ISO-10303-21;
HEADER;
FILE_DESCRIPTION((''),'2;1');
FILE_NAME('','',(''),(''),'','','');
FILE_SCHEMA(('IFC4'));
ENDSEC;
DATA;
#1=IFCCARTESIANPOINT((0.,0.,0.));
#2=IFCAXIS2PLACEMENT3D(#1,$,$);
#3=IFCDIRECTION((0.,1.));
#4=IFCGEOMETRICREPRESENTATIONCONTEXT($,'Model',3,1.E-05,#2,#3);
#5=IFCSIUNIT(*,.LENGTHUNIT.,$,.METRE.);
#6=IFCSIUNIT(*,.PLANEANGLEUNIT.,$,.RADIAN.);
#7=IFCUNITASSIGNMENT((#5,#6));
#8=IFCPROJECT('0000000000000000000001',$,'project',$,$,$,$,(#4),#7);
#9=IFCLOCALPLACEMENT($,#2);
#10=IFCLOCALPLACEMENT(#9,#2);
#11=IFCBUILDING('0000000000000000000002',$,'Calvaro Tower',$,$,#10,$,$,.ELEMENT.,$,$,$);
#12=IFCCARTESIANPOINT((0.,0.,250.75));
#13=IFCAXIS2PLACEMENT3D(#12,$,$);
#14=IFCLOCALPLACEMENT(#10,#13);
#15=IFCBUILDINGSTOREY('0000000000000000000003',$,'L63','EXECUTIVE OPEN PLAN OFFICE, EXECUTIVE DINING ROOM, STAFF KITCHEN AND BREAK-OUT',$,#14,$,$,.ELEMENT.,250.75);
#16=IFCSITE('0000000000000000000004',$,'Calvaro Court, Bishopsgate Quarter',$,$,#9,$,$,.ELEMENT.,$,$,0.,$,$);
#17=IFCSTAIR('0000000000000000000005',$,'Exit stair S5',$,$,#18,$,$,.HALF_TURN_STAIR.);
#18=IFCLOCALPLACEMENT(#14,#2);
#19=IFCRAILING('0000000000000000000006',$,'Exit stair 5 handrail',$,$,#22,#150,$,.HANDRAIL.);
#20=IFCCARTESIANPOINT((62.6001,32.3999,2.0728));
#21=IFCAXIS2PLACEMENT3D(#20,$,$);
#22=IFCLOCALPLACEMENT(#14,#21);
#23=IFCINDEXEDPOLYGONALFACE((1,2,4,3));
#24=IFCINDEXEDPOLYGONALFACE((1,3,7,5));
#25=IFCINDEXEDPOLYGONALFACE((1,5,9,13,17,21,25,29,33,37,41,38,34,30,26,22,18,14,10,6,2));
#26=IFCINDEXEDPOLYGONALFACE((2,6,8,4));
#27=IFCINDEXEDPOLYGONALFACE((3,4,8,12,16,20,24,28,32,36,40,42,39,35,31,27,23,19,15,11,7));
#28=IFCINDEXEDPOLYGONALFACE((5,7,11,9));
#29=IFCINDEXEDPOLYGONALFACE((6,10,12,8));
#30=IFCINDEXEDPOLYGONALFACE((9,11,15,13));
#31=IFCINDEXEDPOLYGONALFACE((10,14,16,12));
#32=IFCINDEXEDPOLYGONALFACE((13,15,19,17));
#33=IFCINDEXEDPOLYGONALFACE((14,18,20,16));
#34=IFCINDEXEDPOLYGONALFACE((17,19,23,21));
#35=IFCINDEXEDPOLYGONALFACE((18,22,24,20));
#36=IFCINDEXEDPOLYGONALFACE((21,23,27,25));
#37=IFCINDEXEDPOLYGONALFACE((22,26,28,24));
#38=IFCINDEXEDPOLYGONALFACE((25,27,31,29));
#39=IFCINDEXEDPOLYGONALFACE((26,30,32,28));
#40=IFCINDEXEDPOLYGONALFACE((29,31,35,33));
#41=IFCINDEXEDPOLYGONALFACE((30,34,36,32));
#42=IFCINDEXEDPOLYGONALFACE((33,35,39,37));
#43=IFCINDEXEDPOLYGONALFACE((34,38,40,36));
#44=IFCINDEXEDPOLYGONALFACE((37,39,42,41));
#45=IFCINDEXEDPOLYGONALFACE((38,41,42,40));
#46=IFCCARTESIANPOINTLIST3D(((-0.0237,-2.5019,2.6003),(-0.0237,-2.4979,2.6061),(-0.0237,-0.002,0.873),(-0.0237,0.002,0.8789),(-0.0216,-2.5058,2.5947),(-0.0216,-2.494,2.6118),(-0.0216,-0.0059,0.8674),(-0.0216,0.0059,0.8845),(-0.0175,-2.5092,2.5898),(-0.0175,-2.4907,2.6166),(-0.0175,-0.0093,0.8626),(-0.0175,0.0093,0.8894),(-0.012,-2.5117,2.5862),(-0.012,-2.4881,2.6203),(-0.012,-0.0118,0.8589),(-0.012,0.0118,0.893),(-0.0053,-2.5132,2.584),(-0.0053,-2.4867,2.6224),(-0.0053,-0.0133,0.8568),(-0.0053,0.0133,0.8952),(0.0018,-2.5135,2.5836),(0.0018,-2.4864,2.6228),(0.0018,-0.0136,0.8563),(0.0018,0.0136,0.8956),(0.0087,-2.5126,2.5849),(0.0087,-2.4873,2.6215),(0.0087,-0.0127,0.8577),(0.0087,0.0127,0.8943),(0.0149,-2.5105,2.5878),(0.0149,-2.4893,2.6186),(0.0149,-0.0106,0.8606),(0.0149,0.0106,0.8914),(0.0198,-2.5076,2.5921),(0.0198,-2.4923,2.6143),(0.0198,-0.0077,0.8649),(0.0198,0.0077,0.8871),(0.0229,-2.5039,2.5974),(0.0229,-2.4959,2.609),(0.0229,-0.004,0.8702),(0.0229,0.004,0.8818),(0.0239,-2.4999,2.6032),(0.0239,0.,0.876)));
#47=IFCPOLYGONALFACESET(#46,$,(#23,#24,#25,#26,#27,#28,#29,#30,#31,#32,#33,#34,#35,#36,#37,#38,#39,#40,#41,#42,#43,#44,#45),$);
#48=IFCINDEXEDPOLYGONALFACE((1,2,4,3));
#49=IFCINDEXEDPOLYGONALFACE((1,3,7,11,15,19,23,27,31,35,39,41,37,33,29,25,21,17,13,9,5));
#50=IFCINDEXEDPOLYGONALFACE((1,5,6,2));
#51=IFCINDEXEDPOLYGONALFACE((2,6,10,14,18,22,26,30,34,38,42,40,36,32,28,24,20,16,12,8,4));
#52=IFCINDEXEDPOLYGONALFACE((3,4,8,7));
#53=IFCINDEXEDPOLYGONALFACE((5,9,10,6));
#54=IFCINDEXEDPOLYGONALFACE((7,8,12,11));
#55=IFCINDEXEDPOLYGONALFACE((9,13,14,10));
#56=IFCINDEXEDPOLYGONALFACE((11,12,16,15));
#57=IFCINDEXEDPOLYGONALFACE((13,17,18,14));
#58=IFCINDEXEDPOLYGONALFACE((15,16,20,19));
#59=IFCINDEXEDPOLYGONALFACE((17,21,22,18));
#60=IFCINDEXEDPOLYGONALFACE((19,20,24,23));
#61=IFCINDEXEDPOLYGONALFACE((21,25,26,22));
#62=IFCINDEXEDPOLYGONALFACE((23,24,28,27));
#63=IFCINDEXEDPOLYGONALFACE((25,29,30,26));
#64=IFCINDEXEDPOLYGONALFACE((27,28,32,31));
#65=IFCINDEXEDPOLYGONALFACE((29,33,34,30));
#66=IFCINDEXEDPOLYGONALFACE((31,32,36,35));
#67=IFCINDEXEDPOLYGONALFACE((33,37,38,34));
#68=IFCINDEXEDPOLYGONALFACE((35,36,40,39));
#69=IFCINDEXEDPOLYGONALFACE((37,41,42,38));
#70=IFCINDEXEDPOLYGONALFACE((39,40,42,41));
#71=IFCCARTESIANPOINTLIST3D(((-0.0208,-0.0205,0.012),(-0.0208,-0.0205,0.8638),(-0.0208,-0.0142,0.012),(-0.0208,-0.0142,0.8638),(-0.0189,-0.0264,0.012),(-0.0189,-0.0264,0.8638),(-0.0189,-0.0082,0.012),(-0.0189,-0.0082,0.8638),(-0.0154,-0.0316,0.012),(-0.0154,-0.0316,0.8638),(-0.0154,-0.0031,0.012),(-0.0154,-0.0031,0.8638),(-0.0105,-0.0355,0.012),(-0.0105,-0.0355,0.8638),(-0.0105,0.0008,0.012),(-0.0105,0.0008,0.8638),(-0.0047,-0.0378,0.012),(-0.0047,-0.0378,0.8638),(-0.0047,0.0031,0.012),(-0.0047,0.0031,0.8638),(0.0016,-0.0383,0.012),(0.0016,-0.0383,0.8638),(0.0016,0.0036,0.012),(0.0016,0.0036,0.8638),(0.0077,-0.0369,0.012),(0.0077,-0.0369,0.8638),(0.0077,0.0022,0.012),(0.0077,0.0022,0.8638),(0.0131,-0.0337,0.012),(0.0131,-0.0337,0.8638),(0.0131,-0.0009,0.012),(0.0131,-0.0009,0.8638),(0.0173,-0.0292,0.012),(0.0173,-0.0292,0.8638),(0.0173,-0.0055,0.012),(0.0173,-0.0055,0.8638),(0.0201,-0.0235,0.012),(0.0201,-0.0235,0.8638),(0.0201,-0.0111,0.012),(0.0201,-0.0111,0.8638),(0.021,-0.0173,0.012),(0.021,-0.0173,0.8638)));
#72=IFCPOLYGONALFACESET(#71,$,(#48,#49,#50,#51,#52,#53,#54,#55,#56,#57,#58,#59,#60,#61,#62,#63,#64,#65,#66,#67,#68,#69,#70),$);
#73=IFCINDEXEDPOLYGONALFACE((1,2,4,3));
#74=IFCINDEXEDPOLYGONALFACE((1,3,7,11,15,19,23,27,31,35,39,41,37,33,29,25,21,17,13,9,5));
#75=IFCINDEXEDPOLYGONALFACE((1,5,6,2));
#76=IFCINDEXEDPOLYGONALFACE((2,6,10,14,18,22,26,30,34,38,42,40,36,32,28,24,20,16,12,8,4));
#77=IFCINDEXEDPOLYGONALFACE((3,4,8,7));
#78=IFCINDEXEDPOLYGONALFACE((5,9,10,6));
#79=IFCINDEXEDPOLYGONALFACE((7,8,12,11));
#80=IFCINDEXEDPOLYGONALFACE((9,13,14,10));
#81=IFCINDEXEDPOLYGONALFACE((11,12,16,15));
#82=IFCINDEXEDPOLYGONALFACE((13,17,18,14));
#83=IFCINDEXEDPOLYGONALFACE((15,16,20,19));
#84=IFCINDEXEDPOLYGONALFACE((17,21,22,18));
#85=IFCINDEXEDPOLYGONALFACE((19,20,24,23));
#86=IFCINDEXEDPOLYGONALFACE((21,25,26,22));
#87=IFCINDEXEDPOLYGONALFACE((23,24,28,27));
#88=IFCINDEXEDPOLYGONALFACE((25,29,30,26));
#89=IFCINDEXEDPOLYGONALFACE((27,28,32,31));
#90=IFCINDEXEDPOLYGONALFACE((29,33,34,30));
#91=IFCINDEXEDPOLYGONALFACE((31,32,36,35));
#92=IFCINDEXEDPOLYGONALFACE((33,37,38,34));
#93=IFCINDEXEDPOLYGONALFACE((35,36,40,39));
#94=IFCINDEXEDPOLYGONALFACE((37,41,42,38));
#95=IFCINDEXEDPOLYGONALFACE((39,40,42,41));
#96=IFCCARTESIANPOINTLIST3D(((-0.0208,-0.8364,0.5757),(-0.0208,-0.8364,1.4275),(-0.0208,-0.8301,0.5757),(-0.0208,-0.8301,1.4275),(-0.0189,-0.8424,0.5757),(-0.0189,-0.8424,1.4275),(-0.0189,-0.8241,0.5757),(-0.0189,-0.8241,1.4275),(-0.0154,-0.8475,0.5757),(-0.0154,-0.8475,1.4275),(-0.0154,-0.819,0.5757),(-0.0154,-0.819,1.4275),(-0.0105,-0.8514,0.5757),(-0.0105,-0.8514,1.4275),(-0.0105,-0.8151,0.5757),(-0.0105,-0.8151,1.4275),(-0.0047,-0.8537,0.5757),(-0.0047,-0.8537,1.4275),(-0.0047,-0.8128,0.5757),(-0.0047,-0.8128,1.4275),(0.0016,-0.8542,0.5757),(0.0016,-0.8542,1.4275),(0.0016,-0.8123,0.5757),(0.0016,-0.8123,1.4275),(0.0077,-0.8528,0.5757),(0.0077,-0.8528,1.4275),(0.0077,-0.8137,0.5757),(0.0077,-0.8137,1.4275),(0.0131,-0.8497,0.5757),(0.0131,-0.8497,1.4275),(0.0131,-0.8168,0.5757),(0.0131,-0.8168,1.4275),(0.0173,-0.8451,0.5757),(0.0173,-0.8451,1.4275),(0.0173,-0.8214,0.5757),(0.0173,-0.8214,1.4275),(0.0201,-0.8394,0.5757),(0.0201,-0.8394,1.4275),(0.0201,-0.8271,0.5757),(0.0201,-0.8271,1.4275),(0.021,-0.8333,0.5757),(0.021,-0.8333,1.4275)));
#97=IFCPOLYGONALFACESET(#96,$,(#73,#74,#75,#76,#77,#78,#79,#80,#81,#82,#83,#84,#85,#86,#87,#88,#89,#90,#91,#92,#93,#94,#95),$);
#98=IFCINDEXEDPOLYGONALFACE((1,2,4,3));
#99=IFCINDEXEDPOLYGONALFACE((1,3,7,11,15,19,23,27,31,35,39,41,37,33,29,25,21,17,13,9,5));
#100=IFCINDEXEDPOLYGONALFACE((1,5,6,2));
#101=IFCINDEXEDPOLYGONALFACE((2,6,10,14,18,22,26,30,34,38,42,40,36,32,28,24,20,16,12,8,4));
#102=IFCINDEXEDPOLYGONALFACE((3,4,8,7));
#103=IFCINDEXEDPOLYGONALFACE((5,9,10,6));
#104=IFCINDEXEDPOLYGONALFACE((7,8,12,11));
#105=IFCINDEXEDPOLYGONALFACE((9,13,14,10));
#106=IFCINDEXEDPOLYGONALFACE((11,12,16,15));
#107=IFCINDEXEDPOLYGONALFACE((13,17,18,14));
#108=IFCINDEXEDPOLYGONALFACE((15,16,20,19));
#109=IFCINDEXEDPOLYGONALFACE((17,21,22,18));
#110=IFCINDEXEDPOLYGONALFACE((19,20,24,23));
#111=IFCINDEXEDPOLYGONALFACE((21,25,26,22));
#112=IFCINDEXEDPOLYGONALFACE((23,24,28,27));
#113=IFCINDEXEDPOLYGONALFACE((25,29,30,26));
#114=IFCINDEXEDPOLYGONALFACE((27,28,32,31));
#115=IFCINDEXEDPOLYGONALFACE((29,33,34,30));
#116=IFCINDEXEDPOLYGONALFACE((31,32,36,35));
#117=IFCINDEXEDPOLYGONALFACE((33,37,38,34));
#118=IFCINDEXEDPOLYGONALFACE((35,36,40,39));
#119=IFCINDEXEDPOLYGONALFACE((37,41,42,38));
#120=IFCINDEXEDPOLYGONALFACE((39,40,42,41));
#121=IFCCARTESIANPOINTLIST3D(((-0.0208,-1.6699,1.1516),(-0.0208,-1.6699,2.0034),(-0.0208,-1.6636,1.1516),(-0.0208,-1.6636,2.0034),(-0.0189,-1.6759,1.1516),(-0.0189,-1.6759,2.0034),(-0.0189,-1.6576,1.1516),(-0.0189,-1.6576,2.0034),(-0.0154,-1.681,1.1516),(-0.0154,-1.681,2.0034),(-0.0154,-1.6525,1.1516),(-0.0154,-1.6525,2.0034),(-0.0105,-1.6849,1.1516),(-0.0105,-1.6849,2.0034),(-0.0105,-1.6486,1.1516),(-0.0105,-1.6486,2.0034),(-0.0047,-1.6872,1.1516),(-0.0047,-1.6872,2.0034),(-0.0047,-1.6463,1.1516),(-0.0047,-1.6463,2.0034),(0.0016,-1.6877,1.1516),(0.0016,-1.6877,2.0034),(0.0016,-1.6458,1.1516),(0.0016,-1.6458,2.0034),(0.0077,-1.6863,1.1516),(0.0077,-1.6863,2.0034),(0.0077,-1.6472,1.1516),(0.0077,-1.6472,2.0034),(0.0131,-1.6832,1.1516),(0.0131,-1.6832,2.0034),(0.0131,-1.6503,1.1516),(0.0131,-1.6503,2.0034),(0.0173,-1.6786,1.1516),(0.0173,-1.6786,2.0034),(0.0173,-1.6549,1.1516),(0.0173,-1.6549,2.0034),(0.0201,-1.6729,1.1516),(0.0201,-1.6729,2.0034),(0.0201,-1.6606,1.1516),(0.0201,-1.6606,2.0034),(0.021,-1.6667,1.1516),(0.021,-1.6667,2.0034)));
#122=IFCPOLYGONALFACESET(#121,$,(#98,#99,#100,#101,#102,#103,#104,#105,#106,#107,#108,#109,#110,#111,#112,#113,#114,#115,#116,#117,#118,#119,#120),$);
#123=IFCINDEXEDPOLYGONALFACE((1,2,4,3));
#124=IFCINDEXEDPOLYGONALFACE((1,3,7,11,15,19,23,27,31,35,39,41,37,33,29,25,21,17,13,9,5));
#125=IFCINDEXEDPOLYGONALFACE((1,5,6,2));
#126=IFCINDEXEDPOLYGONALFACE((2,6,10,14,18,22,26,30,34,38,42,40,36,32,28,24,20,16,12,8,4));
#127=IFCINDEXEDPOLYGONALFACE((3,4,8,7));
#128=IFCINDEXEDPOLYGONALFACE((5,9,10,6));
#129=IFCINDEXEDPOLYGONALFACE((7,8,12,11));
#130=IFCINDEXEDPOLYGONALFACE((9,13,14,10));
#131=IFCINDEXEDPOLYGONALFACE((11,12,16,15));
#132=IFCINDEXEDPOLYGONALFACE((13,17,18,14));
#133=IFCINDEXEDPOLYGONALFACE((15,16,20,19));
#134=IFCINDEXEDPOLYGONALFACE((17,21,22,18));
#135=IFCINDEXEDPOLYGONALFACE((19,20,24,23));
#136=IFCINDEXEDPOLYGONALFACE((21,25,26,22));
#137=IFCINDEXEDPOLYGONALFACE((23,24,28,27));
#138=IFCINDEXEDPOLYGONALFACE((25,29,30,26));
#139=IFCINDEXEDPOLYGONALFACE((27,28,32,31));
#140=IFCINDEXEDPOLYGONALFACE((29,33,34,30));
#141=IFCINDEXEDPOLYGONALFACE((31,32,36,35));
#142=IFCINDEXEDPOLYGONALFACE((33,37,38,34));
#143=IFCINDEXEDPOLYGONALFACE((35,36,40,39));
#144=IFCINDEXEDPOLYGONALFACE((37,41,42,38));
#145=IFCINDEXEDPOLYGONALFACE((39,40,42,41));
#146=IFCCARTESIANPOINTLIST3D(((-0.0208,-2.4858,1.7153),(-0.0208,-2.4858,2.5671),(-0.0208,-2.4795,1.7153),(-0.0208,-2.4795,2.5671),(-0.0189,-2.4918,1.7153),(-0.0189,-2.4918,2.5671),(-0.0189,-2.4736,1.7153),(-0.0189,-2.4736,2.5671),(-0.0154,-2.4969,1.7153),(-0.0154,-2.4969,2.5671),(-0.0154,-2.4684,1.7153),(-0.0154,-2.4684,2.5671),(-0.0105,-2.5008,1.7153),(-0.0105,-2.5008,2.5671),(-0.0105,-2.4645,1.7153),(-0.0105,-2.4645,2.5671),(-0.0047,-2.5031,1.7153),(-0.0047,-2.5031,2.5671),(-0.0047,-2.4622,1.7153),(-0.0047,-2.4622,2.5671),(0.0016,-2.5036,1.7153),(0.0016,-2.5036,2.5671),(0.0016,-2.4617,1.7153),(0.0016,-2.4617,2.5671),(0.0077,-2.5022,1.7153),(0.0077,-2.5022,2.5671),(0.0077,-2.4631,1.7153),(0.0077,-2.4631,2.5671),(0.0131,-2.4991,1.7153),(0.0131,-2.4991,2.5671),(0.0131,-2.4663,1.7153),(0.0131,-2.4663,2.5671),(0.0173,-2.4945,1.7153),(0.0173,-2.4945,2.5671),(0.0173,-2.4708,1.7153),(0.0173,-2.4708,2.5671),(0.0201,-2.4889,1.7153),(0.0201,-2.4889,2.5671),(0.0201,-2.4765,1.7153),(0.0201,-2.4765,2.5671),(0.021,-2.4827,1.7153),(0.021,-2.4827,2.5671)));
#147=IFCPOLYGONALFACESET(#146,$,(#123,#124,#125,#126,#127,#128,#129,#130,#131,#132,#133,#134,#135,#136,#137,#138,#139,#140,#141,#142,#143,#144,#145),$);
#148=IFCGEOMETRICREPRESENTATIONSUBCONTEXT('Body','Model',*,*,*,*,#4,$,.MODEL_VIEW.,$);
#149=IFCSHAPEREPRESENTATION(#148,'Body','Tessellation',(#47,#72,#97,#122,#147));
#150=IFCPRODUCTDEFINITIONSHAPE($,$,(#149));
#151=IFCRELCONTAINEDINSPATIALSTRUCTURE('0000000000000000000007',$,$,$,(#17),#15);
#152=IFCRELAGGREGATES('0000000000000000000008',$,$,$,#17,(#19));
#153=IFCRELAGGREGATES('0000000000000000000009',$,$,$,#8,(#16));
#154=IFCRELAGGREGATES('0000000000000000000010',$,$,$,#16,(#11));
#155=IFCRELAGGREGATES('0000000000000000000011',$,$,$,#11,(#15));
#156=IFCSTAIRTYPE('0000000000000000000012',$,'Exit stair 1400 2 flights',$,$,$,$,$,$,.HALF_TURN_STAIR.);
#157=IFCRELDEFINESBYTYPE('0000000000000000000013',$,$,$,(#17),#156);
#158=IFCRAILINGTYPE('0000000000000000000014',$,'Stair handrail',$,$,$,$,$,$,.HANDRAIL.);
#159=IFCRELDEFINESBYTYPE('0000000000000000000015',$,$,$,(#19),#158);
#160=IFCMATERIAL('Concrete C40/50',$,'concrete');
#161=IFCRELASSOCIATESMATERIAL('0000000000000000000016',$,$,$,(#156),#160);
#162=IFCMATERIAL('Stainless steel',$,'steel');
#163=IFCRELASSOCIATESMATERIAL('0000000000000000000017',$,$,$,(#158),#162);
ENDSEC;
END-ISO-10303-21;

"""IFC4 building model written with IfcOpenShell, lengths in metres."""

from ifc_helpers import new_model, si_unit, direction, frame, origin, origin_2d, place, context, subcontext, project, spatial, circle, extrude, material, type_object, element, aggregate, save


model = new_model("IFC4")

# Units and contexts
model_context = context("Model", 3, precision=1e-05, world=origin(), true_north=direction((0.0, 1.0)))
body_context = subcontext(model_context, "Body", "Model", "MODEL_VIEW")
ifc_project = project(units=[si_unit("LENGTHUNIT", "METRE"), si_unit("PLANEANGLEUNIT", "RADIAN")], contexts=[model_context])

# Site, building, storey
site_placement = place(None, origin())
site = spatial("IfcSite", under=ifc_project, at=site_placement, Name="Calvaro Court, Bishopsgate Quarter", CompositionType="ELEMENT", RefElevation=0.0)
building_placement = place(site_placement, origin())
building = spatial("IfcBuilding", under=site, at=building_placement, Name="Calvaro Tower", CompositionType="ELEMENT")
storey_placement = place(building_placement, frame((0.0, 0.0, 250.75)))
storey = spatial("IfcBuildingStorey", under=building, at=storey_placement, Name="L63", Description="EXECUTIVE OPEN PLAN OFFICE, EXECUTIVE DINING ROOM, STAFF KITCHEN AND BREAK-OUT", CompositionType="ELEMENT", Elevation=250.75)

# Stair, railing
ifc_material_1 = material(Name="Concrete C40/50", Category="concrete")
stair_type = type_object("IfcStairType", Name="Exit stair 1400 2 flights", PredefinedType="HALF_TURN_STAIR", material=ifc_material_1)
stair_placement = place(storey_placement, origin())
stair = element("IfcStair", 1, at=stair_placement, inside=storey, type_object=stair_type, Name="Exit stair S5", PredefinedType="HALF_TURN_STAIR")
ifc_material_2 = material(Name="Stainless steel", Category="steel")
railing_type = type_object("IfcRailingType", Name="Stair handrail", PredefinedType="HANDRAIL", material=ifc_material_2)
railing_1_placement = place(storey_placement, frame((62.6001, 32.3999, 2.0728)))
railing_1 = element("IfcRailing", 2, at=railing_1_placement, type_object=railing_type, Name="Exit stair 5 handrail", PredefinedType="HANDRAIL", context=body_context, shape_type="SweptSolid", body=[
    extrude(circle(Radius=0.0239, at=origin_2d()), frame((0.0, 0.0, 0.876), z_axis=(0.0, -0.822727, 0.568437), x_axis=(1.0, 0.0, 0.0)), (0.0, 0.0, 1.0), 3.0386),
    extrude(circle(Radius=0.021, at=origin_2d()), frame((0.0, -0.0173, 0.012)), (0.0, 0.0, 1.0), 0.8518),
    extrude(circle(Radius=0.021, at=origin_2d()), frame((0.0, -0.8333, 0.5757)), (0.0, 0.0, 1.0), 0.8518),
    extrude(circle(Radius=0.021, at=origin_2d()), frame((0.0, -1.6667, 1.1516)), (0.0, 0.0, 1.0), 0.8518),
    extrude(circle(Radius=0.021, at=origin_2d()), frame((0.0, -2.4827, 1.7153)), (0.0, 0.0, 1.0), 0.8518),
])
aggregate(stair, [railing_1])

save(model, "model.ifc")
